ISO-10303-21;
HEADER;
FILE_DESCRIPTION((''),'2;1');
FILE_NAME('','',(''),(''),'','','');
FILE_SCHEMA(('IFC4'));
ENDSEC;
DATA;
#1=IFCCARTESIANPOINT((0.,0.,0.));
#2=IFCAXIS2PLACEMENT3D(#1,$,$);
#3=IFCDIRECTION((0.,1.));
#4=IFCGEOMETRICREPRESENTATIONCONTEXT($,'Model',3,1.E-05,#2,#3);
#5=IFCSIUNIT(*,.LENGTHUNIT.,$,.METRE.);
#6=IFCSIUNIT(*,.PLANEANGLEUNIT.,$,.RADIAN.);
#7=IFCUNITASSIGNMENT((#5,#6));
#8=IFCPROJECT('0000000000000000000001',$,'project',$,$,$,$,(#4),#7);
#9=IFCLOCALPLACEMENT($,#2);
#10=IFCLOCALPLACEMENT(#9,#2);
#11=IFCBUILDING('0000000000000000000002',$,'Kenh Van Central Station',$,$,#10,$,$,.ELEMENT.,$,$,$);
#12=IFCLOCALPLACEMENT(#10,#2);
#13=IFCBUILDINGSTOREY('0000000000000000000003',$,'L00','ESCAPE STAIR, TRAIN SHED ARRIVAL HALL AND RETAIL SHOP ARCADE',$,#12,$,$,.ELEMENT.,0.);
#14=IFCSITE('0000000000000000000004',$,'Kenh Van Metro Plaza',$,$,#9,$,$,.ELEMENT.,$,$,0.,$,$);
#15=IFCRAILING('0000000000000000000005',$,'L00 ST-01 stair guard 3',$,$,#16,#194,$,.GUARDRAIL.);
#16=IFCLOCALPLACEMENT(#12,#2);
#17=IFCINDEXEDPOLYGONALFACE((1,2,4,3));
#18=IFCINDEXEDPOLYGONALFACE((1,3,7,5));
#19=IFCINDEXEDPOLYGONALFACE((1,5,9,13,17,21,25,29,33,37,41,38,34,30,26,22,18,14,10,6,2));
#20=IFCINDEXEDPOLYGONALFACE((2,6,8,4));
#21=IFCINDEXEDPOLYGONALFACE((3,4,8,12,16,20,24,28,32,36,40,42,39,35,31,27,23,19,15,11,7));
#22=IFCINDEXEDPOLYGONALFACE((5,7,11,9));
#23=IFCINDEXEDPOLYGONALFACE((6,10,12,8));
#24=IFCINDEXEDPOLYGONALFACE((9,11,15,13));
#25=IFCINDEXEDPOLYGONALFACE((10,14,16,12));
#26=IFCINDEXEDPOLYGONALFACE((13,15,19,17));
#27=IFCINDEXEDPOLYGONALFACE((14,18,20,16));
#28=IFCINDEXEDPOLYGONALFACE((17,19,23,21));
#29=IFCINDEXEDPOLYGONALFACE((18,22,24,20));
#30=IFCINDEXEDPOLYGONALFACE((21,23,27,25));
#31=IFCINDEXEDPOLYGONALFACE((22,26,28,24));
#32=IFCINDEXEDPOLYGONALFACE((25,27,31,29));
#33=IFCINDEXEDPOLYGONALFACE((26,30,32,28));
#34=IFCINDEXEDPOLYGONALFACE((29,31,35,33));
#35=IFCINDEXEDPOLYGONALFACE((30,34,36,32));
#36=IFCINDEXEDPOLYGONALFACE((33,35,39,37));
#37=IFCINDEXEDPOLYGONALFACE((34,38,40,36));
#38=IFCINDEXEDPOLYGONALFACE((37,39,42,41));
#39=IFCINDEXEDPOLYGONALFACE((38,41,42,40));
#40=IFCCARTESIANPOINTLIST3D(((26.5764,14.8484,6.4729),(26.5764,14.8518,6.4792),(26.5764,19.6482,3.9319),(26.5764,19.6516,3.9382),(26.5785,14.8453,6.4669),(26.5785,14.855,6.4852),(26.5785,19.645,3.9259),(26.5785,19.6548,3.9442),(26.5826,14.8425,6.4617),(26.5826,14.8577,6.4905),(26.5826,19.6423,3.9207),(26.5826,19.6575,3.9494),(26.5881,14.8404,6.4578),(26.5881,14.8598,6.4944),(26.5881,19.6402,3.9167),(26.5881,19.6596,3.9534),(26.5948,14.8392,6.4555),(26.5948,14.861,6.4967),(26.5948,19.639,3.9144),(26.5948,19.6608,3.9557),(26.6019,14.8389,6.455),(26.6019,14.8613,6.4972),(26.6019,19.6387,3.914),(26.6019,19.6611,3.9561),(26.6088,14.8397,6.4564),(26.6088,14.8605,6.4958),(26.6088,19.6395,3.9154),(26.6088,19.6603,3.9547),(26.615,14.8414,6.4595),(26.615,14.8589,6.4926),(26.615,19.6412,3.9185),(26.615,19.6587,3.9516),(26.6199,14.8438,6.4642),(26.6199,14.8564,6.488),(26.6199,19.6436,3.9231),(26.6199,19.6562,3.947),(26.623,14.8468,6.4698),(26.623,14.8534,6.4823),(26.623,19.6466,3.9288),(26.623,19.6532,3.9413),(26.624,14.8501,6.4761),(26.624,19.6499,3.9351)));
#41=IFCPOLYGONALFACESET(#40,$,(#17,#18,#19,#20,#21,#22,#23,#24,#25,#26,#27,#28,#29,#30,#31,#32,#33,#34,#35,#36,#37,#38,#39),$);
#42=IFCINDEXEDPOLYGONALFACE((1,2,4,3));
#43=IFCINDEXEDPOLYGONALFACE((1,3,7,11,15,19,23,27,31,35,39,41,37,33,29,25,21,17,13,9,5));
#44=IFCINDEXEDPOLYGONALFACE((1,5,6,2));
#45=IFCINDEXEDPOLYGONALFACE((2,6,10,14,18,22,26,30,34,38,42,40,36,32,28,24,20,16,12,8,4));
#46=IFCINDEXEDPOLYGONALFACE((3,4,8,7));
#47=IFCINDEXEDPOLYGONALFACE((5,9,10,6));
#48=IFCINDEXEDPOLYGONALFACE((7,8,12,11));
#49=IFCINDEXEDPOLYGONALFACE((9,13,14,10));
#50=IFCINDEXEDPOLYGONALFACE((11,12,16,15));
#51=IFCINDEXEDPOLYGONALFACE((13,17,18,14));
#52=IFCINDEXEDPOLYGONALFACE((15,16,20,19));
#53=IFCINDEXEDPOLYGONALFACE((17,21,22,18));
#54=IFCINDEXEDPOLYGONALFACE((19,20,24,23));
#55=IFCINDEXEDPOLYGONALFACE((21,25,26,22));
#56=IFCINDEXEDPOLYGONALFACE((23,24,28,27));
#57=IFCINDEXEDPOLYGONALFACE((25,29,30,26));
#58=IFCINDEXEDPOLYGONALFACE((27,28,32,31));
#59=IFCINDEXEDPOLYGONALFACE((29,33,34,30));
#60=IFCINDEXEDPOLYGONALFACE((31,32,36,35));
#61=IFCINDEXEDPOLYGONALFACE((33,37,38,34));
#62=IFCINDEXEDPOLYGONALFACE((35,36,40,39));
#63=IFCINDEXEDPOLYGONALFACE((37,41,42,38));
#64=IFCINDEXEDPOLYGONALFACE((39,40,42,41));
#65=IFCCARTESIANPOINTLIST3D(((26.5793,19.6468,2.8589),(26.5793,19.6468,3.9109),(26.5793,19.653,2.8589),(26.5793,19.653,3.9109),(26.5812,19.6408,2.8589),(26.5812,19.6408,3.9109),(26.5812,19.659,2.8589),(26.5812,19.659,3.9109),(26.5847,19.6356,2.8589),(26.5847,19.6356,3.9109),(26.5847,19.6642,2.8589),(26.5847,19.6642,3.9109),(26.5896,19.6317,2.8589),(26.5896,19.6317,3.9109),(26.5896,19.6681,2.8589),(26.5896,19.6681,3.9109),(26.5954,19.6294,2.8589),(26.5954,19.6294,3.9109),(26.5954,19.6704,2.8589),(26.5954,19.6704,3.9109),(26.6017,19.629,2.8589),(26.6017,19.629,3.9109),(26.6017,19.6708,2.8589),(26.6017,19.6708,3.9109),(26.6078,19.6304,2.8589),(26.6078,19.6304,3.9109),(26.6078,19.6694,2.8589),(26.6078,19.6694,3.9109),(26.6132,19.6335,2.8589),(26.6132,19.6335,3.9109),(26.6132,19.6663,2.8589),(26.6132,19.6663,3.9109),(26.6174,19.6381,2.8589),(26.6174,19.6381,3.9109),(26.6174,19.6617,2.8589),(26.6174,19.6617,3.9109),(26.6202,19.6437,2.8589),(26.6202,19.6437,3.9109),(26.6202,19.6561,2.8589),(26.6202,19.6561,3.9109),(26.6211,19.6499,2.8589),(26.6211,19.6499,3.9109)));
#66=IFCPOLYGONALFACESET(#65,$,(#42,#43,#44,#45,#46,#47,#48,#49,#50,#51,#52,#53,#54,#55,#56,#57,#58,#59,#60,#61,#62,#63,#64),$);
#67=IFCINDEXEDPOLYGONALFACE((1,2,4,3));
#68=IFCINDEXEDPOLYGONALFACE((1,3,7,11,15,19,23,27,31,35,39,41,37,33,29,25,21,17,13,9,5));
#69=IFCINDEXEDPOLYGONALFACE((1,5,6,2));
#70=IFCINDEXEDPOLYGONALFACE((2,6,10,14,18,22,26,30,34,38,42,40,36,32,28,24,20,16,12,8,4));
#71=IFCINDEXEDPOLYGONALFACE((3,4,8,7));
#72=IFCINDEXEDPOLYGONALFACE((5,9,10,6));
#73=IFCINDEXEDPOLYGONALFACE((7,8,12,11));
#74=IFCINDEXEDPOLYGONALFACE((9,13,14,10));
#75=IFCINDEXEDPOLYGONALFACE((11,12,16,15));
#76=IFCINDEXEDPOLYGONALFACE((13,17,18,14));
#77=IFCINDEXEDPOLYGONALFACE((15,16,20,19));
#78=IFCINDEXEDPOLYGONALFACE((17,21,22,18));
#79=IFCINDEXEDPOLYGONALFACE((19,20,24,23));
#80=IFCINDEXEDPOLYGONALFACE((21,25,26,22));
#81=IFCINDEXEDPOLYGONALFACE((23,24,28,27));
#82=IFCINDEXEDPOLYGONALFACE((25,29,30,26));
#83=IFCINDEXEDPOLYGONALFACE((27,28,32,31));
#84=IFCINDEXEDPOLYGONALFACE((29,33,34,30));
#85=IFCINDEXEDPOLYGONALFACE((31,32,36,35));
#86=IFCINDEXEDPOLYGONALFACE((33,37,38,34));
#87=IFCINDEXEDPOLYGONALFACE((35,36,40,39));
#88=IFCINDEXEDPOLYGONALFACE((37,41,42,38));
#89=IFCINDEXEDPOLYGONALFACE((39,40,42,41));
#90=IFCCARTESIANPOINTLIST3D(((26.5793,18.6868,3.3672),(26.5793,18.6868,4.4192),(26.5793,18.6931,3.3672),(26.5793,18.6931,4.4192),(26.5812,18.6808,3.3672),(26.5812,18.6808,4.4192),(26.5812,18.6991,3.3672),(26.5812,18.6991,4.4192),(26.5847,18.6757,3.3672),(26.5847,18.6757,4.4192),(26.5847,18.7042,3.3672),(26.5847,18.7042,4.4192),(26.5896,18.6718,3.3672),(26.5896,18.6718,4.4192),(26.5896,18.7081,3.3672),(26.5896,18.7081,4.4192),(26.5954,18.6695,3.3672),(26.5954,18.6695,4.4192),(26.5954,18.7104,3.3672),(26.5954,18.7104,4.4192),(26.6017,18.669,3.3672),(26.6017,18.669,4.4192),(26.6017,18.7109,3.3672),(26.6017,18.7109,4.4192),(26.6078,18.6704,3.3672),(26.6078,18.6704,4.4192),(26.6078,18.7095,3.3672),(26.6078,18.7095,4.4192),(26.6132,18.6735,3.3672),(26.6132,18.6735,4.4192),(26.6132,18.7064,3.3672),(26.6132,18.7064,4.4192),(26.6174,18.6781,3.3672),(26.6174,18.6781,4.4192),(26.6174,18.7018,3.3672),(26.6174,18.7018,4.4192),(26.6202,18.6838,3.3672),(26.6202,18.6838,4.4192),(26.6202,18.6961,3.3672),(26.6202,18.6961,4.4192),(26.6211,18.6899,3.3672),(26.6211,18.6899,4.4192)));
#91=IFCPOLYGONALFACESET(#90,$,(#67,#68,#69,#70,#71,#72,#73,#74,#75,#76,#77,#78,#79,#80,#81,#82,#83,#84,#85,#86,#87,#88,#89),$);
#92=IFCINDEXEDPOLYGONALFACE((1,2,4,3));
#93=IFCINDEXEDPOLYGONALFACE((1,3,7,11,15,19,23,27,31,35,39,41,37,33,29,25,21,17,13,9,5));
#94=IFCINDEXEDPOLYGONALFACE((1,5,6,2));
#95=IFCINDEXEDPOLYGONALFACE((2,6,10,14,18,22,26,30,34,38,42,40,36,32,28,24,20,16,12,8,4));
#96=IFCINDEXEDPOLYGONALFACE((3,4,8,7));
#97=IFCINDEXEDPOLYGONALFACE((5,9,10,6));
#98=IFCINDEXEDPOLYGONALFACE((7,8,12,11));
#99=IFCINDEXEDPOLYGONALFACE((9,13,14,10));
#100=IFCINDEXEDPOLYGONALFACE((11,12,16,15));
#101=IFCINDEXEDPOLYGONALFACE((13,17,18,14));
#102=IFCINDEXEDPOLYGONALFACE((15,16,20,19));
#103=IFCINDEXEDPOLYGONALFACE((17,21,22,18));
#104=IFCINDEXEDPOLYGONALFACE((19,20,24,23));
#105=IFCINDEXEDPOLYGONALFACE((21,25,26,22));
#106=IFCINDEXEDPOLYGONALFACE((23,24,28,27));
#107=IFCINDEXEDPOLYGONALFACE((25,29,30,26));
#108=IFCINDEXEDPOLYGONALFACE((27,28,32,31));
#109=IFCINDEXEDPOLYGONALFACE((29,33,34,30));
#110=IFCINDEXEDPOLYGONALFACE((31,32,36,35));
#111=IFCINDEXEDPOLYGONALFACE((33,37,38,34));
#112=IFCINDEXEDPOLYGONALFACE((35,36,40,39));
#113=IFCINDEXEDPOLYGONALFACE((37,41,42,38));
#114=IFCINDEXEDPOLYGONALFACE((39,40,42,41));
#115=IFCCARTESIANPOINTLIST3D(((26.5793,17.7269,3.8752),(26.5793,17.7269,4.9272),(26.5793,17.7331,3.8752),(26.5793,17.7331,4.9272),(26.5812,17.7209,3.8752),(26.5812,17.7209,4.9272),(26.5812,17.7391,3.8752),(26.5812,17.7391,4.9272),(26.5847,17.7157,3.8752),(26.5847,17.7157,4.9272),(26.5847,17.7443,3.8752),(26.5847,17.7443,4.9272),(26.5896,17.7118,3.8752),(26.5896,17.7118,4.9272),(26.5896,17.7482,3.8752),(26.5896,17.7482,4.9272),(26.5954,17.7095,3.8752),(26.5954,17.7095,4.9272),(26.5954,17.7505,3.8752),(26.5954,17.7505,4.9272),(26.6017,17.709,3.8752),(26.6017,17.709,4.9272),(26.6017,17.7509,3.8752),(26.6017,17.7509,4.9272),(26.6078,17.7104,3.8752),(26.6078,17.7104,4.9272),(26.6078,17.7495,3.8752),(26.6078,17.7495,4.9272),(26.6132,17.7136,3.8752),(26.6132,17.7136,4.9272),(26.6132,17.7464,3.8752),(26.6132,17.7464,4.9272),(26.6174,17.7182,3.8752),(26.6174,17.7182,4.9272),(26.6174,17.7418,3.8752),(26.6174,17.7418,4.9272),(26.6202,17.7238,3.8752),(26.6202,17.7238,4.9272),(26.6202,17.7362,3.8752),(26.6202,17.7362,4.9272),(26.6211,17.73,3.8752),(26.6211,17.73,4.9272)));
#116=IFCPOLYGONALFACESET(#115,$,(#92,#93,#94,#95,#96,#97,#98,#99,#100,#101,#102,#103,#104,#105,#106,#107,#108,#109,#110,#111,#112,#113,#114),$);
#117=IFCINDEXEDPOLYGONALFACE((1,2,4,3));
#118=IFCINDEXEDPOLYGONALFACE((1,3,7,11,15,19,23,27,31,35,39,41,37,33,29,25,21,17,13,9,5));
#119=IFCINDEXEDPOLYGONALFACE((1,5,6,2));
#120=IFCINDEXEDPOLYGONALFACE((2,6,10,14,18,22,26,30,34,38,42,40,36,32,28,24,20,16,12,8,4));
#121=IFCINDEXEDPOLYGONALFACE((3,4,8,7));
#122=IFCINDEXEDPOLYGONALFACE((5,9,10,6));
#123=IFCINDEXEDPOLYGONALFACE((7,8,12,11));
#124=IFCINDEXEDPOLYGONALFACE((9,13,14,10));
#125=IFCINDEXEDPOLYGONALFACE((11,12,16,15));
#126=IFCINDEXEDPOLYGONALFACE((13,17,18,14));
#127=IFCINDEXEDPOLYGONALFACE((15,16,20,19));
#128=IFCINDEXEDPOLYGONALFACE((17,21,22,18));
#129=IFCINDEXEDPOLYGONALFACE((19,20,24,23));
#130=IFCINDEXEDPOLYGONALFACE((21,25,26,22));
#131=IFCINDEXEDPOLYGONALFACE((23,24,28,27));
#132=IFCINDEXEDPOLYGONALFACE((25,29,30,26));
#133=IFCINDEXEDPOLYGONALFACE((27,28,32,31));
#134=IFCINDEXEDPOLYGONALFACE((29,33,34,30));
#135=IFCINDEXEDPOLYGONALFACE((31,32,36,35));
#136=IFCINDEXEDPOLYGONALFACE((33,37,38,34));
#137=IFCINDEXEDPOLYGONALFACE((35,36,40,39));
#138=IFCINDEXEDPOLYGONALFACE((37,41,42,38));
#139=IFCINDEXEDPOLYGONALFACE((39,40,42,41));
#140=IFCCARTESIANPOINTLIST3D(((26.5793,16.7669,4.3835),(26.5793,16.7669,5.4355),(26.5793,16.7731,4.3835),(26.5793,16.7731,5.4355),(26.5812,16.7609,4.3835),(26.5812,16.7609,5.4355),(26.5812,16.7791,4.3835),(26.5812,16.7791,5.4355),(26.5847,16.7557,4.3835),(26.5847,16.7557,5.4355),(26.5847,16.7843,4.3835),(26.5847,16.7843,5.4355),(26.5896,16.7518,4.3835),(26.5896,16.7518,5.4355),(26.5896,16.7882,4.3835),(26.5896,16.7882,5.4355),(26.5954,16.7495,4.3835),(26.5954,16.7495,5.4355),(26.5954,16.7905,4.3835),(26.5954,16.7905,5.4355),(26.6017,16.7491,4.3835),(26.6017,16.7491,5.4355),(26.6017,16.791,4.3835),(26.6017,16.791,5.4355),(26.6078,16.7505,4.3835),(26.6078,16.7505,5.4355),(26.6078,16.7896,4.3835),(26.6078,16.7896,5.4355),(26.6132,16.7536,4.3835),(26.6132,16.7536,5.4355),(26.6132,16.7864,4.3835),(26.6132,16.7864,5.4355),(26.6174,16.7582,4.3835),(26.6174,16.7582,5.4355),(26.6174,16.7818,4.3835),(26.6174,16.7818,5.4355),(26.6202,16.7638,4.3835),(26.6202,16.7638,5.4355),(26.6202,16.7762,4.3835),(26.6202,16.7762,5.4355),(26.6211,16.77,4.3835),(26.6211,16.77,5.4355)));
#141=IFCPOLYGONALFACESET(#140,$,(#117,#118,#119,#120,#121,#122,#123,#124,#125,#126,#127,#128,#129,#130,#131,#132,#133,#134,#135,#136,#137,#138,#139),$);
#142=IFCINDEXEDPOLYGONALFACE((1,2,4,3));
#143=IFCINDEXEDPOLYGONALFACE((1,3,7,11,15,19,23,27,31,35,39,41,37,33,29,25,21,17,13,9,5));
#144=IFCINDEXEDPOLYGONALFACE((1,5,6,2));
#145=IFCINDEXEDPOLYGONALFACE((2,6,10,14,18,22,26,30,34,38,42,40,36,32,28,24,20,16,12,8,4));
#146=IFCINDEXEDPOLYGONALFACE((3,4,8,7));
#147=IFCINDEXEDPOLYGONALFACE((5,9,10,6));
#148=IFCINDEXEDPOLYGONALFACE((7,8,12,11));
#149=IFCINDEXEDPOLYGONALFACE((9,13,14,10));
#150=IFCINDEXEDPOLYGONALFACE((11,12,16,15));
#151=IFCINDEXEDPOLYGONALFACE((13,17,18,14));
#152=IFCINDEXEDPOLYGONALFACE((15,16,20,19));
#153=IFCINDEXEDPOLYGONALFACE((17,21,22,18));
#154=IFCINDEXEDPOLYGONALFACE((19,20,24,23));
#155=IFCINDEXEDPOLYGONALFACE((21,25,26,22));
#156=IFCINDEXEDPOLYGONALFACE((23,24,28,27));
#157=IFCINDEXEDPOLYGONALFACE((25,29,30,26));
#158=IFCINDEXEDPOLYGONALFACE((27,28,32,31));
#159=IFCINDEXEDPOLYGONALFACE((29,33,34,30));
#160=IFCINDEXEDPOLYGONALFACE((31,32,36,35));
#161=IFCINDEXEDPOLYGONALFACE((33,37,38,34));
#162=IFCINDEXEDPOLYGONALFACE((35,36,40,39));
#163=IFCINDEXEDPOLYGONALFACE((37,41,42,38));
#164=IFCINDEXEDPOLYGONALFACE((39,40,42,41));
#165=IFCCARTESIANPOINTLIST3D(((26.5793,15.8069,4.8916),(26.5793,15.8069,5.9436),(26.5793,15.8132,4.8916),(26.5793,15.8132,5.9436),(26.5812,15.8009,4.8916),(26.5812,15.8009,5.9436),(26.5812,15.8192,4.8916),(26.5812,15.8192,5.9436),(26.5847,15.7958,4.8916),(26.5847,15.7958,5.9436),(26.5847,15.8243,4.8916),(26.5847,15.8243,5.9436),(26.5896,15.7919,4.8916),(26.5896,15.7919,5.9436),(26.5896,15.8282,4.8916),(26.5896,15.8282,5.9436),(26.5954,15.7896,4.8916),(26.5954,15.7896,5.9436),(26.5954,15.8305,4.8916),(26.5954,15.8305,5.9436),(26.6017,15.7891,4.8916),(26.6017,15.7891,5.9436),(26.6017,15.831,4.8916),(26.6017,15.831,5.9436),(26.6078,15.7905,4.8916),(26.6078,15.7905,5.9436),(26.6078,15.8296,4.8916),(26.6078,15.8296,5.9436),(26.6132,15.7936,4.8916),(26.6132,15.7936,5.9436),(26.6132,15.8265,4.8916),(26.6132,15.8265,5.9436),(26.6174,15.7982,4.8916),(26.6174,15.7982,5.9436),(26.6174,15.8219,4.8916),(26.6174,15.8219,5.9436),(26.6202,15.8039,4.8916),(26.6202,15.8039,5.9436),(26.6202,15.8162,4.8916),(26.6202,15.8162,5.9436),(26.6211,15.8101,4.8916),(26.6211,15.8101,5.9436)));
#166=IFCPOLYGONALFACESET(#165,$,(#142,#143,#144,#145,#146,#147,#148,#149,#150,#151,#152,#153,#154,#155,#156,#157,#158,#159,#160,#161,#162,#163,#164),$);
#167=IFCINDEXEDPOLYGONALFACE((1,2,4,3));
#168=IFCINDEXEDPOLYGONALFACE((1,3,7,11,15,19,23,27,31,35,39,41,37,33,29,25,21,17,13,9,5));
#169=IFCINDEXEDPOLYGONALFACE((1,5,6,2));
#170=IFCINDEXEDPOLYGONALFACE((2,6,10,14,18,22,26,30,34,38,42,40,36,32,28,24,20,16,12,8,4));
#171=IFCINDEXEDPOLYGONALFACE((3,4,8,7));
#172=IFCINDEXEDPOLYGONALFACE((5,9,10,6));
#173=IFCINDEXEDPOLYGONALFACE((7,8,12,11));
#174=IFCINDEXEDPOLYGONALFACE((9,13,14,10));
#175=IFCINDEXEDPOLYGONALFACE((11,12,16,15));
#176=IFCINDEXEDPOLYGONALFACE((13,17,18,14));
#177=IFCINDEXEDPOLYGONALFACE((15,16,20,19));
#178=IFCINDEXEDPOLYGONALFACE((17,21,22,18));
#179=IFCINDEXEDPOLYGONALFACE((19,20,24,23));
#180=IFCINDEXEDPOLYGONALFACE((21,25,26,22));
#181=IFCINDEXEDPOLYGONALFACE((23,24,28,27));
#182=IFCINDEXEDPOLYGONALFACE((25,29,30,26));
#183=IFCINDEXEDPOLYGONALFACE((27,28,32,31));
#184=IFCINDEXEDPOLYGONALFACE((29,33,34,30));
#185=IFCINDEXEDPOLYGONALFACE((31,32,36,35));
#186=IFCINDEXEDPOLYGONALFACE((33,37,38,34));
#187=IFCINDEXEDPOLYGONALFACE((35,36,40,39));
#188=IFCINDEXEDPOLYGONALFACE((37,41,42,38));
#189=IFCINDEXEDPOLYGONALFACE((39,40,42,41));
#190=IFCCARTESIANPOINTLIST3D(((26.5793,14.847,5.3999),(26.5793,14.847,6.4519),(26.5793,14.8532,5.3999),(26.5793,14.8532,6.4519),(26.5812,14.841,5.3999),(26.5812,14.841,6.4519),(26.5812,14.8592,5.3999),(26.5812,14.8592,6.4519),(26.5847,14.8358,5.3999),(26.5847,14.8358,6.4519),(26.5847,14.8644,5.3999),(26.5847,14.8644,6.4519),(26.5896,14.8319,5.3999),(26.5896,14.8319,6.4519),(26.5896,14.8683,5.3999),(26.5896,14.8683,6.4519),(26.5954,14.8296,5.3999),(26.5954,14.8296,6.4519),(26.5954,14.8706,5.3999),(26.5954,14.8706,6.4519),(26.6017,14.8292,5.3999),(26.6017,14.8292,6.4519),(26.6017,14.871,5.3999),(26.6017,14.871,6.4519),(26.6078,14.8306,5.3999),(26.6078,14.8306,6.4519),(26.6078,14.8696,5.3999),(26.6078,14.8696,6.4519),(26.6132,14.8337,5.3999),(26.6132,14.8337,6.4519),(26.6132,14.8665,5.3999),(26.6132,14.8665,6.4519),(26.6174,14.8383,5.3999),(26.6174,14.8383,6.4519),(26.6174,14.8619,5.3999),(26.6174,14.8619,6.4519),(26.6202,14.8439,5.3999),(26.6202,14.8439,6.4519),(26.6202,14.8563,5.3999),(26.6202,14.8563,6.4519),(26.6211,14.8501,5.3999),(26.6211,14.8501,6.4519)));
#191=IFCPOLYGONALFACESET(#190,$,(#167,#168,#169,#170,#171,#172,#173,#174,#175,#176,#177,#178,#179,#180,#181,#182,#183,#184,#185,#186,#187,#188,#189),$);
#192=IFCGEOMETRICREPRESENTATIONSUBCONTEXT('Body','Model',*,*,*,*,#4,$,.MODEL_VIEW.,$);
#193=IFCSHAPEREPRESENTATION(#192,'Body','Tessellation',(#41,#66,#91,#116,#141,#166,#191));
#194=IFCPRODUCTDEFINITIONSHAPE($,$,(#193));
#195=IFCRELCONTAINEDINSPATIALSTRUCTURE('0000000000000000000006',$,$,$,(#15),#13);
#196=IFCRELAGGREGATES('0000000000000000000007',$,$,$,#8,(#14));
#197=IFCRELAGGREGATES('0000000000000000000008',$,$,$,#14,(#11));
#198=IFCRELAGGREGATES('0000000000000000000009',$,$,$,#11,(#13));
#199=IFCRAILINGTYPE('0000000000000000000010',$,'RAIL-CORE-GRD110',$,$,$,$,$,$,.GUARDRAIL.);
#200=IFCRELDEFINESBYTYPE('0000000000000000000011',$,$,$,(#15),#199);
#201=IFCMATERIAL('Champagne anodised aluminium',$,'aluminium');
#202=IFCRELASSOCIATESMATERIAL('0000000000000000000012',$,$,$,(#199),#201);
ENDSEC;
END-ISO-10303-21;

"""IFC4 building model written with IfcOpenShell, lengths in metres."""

from ifc_helpers import new_model, si_unit, direction, frame, origin, origin_2d, place, context, subcontext, project, spatial, circle, extrude, material, type_object, element, save


model = new_model("IFC4")

# Units and contexts
model_context = context("Model", 3, precision=1e-05, world=origin(), true_north=direction((0.0, 1.0)))
body_context = subcontext(model_context, "Body", "Model", "MODEL_VIEW")
ifc_project = project(units=[si_unit("LENGTHUNIT", "METRE"), si_unit("PLANEANGLEUNIT", "RADIAN")], contexts=[model_context])

# Site, building, storey
site_placement = place(None, origin())
site = spatial("IfcSite", under=ifc_project, at=site_placement, Name="Kenh Van Metro Plaza", CompositionType="ELEMENT", RefElevation=0.0)
building_placement = place(site_placement, origin())
building = spatial("IfcBuilding", under=site, at=building_placement, Name="Kenh Van Central Station", CompositionType="ELEMENT")
storey_placement = place(building_placement, origin())
storey = spatial("IfcBuildingStorey", under=building, at=storey_placement, Name="L00", Description="ESCAPE STAIR, TRAIN SHED ARRIVAL HALL AND RETAIL SHOP ARCADE", CompositionType="ELEMENT", Elevation=0.0)

# Railing
ifc_material_1 = material(Name="Champagne anodised aluminium", Category="aluminium")
railing_type_1 = type_object("IfcRailingType", Name="RAIL-CORE-GRD110", PredefinedType="GUARDRAIL", material=ifc_material_1)
railing_1_placement = place(storey_placement, frame((26.6001, 19.6499, 2.8589)))
element("IfcRailing", 1, at=railing_1_placement, inside=storey, type_object=railing_type_1, Name="L00 ST-01 stair guard 3", PredefinedType="GUARDRAIL", context=body_context, shape_type="SweptSolid", body=[
    extrude(circle(Radius=0.0239, at=origin_2d()), frame((0.0, 0.0, 1.0762), z_axis=(0.0, -0.883792, 0.467879), x_axis=(1.0, 0.0, 0.0)), (0.0, 0.0, 1.0), 5.4309),
    extrude(circle(Radius=0.021, at=origin_2d()), origin(), (0.0, 0.0, 1.0), 1.052),
    extrude(circle(Radius=0.021, at=origin_2d()), frame((0.0, -0.96, 0.5083)), (0.0, 0.0, 1.0), 1.052),
    extrude(circle(Radius=0.021, at=origin_2d()), frame((0.0, -1.9199, 1.0164)), (0.0, 0.0, 1.0), 1.052),
    extrude(circle(Radius=0.021, at=origin_2d()), frame((0.0, -2.8799, 1.5247)), (0.0, 0.0, 1.0), 1.052),
    extrude(circle(Radius=0.021, at=origin_2d()), frame((0.0, -3.8398, 2.0327)), (0.0, 0.0, 1.0), 1.052),
    extrude(circle(Radius=0.021, at=origin_2d()), frame((0.0, -4.7998, 2.541)), (0.0, 0.0, 1.0), 1.052),
])

save(model, "model.ifc")
